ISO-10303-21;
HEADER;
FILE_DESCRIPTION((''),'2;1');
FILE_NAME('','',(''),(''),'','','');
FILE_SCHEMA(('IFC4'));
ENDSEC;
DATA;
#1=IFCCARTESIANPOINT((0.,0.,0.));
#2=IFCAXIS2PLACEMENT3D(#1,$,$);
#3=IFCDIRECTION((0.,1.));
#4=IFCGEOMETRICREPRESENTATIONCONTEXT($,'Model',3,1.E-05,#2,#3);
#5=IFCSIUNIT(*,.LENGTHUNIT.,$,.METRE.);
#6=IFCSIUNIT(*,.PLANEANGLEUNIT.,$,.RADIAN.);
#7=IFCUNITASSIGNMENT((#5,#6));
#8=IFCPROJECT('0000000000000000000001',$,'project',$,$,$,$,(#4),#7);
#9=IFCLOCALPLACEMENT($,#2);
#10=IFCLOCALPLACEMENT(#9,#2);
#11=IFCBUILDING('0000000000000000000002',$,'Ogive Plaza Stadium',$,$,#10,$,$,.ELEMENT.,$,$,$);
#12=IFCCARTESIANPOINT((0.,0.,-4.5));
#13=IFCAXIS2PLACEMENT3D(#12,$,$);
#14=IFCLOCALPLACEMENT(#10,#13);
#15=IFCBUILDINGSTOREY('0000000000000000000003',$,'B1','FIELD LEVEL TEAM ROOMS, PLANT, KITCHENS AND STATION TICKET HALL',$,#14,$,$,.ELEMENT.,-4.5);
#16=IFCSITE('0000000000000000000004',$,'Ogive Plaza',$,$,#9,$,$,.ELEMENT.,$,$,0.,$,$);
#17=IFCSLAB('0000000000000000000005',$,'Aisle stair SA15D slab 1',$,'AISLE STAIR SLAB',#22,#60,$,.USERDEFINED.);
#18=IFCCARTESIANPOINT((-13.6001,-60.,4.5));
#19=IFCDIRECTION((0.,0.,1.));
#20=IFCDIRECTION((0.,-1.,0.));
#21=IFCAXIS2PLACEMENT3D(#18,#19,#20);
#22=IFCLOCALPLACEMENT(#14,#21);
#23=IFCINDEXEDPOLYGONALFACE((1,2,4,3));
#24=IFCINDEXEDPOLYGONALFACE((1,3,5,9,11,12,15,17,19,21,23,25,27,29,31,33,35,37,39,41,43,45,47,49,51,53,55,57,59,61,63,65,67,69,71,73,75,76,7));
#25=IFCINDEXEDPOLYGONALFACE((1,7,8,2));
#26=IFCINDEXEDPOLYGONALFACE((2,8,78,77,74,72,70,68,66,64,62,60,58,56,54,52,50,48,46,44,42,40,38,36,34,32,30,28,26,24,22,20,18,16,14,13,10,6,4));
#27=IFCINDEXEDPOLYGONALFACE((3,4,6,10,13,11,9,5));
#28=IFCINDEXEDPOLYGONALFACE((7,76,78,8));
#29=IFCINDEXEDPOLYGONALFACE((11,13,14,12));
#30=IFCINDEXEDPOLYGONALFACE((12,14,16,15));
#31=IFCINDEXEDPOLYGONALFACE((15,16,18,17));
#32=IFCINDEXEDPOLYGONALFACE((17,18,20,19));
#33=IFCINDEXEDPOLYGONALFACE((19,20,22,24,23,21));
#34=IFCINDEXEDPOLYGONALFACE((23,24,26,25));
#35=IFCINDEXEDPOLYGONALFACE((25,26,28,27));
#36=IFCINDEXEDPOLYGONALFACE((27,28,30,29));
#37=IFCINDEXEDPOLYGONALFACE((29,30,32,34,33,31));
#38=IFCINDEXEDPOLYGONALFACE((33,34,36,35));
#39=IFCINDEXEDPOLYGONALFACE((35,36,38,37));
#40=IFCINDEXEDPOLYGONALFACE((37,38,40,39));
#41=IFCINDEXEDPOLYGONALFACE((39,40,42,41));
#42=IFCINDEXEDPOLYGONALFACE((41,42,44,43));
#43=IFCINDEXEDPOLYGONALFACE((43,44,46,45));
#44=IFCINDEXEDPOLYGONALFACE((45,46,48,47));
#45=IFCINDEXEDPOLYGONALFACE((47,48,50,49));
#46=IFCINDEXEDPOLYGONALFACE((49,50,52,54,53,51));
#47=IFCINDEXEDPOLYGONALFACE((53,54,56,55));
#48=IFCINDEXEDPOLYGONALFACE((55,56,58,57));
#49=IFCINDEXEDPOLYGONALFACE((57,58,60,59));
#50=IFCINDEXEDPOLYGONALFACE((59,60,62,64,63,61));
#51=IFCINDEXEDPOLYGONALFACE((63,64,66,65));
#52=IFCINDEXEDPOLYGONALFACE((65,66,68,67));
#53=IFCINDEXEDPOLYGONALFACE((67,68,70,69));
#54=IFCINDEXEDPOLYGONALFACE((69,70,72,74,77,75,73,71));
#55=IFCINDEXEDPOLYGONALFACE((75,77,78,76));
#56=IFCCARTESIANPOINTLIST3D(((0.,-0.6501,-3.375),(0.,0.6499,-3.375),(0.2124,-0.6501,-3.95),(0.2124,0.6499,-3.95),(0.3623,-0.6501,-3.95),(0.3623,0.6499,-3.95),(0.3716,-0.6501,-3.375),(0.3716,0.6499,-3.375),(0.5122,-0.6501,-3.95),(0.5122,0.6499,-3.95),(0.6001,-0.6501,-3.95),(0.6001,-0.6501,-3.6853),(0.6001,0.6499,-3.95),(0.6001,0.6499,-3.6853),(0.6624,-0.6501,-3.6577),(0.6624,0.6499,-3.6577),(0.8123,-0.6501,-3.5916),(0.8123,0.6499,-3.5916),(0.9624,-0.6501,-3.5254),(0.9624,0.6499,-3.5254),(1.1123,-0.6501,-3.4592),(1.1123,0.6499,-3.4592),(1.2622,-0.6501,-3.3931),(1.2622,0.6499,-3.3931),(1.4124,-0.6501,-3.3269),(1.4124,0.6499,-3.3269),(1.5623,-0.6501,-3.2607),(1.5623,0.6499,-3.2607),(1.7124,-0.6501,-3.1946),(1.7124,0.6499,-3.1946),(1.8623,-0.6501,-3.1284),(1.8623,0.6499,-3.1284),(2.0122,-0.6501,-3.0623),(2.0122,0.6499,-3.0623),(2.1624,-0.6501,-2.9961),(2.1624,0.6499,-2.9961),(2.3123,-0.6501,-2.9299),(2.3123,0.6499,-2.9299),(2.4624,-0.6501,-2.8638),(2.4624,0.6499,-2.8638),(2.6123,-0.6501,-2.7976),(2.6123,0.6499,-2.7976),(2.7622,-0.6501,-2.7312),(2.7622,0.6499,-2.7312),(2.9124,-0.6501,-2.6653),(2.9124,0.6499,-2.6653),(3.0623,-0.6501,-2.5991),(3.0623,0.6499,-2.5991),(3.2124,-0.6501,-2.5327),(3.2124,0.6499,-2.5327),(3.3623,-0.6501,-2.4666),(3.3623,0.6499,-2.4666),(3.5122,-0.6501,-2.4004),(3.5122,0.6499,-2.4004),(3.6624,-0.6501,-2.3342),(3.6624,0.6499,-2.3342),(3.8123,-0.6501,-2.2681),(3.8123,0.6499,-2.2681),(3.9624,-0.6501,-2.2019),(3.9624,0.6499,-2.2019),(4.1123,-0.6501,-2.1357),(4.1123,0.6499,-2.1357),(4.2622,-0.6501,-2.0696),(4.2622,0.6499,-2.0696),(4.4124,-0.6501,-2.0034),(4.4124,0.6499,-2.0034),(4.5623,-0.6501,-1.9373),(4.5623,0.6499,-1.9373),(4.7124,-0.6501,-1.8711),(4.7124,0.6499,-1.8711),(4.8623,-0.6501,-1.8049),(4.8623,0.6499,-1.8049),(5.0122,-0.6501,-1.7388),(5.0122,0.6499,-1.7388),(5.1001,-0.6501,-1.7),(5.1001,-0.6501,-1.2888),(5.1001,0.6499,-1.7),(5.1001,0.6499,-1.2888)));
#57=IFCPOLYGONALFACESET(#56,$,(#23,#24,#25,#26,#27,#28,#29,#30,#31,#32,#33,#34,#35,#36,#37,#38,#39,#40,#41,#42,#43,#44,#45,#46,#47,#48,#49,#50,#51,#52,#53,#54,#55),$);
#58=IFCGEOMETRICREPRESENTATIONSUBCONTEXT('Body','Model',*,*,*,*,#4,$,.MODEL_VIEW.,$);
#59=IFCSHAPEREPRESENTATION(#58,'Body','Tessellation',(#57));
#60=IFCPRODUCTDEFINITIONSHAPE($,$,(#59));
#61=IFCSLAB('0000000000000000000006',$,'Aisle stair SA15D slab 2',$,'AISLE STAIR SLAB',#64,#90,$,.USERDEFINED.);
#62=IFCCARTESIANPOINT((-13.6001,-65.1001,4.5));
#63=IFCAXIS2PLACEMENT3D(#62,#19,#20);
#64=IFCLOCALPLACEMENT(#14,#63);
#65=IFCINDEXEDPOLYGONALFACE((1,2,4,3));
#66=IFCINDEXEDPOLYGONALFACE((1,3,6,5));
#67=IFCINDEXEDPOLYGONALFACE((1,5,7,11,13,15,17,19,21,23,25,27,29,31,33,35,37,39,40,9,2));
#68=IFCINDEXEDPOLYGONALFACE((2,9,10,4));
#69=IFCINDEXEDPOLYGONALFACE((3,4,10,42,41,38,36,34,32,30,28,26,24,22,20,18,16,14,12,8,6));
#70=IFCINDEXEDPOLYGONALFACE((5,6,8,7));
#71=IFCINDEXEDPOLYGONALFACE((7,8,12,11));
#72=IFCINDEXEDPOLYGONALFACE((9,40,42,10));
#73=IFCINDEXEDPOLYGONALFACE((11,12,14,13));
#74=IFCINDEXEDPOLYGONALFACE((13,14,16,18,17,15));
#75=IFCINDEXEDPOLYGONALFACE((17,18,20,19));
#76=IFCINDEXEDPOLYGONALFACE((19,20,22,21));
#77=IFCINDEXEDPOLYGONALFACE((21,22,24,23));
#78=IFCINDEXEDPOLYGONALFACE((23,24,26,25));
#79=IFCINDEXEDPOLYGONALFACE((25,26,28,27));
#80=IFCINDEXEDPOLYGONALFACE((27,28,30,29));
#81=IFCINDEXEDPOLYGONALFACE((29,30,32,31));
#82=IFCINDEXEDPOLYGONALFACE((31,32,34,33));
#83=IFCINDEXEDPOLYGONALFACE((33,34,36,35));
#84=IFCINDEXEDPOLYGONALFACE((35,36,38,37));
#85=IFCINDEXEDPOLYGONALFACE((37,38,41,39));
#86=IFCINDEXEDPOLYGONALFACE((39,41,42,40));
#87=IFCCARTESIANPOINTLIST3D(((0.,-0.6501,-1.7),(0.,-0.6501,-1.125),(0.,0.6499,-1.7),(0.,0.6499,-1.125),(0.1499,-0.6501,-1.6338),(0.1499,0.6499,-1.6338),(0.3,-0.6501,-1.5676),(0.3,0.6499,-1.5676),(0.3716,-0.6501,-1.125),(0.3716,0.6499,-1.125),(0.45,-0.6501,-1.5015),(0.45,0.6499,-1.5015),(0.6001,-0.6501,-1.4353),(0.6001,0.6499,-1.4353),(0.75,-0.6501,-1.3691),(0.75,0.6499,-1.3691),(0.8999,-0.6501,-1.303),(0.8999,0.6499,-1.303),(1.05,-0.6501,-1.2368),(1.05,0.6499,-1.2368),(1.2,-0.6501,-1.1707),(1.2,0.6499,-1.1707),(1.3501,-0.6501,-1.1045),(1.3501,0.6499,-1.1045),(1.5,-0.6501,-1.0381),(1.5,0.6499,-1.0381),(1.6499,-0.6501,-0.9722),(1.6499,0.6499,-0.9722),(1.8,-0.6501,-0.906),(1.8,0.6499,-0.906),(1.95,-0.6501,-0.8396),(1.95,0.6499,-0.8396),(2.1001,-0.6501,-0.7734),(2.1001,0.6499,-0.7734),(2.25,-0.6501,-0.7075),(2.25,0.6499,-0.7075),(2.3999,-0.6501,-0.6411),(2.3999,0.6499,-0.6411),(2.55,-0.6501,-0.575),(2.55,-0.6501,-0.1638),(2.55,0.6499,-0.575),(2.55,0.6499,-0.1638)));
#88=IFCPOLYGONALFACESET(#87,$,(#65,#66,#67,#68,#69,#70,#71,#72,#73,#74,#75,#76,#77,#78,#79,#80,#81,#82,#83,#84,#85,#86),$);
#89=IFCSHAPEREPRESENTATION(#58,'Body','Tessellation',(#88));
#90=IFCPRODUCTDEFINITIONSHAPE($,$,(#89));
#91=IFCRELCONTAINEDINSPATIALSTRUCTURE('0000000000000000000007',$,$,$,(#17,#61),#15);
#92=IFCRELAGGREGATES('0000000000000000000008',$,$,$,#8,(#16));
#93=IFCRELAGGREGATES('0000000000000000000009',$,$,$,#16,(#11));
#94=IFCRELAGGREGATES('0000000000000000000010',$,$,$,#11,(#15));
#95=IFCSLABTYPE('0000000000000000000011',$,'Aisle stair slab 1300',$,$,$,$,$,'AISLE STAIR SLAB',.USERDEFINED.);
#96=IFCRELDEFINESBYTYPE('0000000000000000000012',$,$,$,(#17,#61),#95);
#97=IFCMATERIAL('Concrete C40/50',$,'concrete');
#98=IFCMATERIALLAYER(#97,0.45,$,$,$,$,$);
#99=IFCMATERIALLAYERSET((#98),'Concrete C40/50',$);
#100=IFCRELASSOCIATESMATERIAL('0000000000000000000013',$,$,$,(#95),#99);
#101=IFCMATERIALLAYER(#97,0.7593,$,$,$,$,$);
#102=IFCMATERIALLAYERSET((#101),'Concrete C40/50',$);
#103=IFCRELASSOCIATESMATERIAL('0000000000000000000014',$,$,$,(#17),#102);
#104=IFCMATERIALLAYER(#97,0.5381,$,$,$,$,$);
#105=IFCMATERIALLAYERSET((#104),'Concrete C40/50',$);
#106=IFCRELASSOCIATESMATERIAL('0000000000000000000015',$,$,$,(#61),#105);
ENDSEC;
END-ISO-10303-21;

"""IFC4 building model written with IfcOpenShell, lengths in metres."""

from ifc_helpers import new_model, si_unit, direction, frame, origin, place, context, subcontext, project, spatial, polyline, outline, extrude, material, layer, layer_set, type_object, element, save


model = new_model("IFC4")

# Units and contexts
model_context = context("Model", 3, precision=1e-05, world=origin(), true_north=direction((0.0, 1.0)))
body_context = subcontext(model_context, "Body", "Model", "MODEL_VIEW")
ifc_project = project(units=[si_unit("LENGTHUNIT", "METRE"), si_unit("PLANEANGLEUNIT", "RADIAN")], contexts=[model_context])

# Site, building, storey
site_placement = place(None, origin())
site = spatial("IfcSite", under=ifc_project, at=site_placement, Name="Ogive Plaza", CompositionType="ELEMENT", RefElevation=0.0)
building_placement = place(site_placement, origin())
building = spatial("IfcBuilding", under=site, at=building_placement, Name="Ogive Plaza Stadium", CompositionType="ELEMENT")
storey_placement = place(building_placement, frame((0.0, 0.0, -4.5)))
storey = spatial("IfcBuildingStorey", under=building, at=storey_placement, Name="B1", Description="FIELD LEVEL TEAM ROOMS, PLANT, KITCHENS AND STATION TICKET HALL", CompositionType="ELEMENT", Elevation=-4.5)

# Slabs
ifc_material_1 = material(Name="Concrete C40/50", Category="concrete")
ifc_layer_1 = layer(ifc_material_1, 0.7593)
ifc_layer_set_1 = layer_set([ifc_layer_1], Name="Concrete C40/50")
ifc_layer_2 = layer(ifc_material_1, 0.45)
ifc_layer_set_2 = layer_set([ifc_layer_2], Name="Concrete C40/50")
slab_type = type_object("IfcSlabType", Name="Aisle stair slab 1300", ElementType="AISLE STAIR SLAB", PredefinedType="USERDEFINED", material=ifc_layer_set_2)
slab_1_placement = place(storey_placement, frame((-13.6001, -60.0, 4.5), z_axis=(0.0, 0.0, 1.0), x_axis=(0.0, -1.0, 0.0)))
element("IfcSlab", 1, at=slab_1_placement, inside=storey, type_object=slab_type, material=ifc_layer_set_1, Name="Aisle stair SA15D slab 1", ObjectType="AISLE STAIR SLAB", PredefinedType="USERDEFINED", context=body_context, shape_type="SweptSolid", body=[
    extrude(outline(polyline([(0.0, -3.375), (0.3716, -3.375), (5.1001, -1.2888), (5.1001, -1.7), (5.0122, -1.7388), (4.8623, -1.8049), (4.7124, -1.8711), (4.5623, -1.9373), (4.4124, -2.0034), (4.2622, -2.0696), (4.1123, -2.1357), (3.9624, -2.2019), (3.8123, -2.2681), (3.6624, -2.3342), (3.5122, -2.4004), (3.3623, -2.4666), (3.2124, -2.5327), (3.0623, -2.5991), (2.9124, -2.6653), (2.7622, -2.7312), (2.6123, -2.7976), (2.4624, -2.8638), (2.3123, -2.9299), (2.1624, -2.9961), (2.0122, -3.0623), (1.8623, -3.1284), (1.7124, -3.1946), (1.5623, -3.2607), (1.4124, -3.3269), (1.2622, -3.3931), (1.1123, -3.4592), (0.9624, -3.5254), (0.8123, -3.5916), (0.6624, -3.6577), (0.6001, -3.6853), (0.6001, -3.95), (0.5122, -3.95), (0.3623, -3.95), (0.2124, -3.95), (0.0, -3.375)])), frame((0.0, 0.6499, 0.0), z_axis=(0.0, -1.0, 0.0), x_axis=(1.0, 0.0, 0.0)), (0.0, 0.0, 1.0), 1.3),
])
ifc_layer_3 = layer(ifc_material_1, 0.5381)
ifc_layer_set_3 = layer_set([ifc_layer_3], Name="Concrete C40/50")
slab_2_placement = place(storey_placement, frame((-13.6001, -65.1001, 4.5), z_axis=(0.0, 0.0, 1.0), x_axis=(0.0, -1.0, 0.0)))
element("IfcSlab", 2, at=slab_2_placement, inside=storey, type_object=slab_type, material=ifc_layer_set_3, Name="Aisle stair SA15D slab 2", ObjectType="AISLE STAIR SLAB", PredefinedType="USERDEFINED", context=body_context, shape_type="SweptSolid", body=[
    extrude(outline(polyline([(0.0, -1.125), (0.3716, -1.125), (2.55, -0.1638), (2.55, -0.575), (2.3999, -0.6411), (2.25, -0.7075), (2.1001, -0.7734), (1.95, -0.8396), (1.8, -0.906), (1.6499, -0.9722), (1.5, -1.0381), (1.3501, -1.1045), (1.2, -1.1707), (1.05, -1.2368), (0.8999, -1.303), (0.75, -1.3691), (0.6001, -1.4353), (0.45, -1.5015), (0.3, -1.5676), (0.1499, -1.6338), (0.0, -1.7), (0.0, -1.125)])), frame((0.0, 0.6499, 0.0), z_axis=(0.0, -1.0, 0.0), x_axis=(1.0, 0.0, 0.0)), (0.0, 0.0, 1.0), 1.3),
])

save(model, "model.ifc")
